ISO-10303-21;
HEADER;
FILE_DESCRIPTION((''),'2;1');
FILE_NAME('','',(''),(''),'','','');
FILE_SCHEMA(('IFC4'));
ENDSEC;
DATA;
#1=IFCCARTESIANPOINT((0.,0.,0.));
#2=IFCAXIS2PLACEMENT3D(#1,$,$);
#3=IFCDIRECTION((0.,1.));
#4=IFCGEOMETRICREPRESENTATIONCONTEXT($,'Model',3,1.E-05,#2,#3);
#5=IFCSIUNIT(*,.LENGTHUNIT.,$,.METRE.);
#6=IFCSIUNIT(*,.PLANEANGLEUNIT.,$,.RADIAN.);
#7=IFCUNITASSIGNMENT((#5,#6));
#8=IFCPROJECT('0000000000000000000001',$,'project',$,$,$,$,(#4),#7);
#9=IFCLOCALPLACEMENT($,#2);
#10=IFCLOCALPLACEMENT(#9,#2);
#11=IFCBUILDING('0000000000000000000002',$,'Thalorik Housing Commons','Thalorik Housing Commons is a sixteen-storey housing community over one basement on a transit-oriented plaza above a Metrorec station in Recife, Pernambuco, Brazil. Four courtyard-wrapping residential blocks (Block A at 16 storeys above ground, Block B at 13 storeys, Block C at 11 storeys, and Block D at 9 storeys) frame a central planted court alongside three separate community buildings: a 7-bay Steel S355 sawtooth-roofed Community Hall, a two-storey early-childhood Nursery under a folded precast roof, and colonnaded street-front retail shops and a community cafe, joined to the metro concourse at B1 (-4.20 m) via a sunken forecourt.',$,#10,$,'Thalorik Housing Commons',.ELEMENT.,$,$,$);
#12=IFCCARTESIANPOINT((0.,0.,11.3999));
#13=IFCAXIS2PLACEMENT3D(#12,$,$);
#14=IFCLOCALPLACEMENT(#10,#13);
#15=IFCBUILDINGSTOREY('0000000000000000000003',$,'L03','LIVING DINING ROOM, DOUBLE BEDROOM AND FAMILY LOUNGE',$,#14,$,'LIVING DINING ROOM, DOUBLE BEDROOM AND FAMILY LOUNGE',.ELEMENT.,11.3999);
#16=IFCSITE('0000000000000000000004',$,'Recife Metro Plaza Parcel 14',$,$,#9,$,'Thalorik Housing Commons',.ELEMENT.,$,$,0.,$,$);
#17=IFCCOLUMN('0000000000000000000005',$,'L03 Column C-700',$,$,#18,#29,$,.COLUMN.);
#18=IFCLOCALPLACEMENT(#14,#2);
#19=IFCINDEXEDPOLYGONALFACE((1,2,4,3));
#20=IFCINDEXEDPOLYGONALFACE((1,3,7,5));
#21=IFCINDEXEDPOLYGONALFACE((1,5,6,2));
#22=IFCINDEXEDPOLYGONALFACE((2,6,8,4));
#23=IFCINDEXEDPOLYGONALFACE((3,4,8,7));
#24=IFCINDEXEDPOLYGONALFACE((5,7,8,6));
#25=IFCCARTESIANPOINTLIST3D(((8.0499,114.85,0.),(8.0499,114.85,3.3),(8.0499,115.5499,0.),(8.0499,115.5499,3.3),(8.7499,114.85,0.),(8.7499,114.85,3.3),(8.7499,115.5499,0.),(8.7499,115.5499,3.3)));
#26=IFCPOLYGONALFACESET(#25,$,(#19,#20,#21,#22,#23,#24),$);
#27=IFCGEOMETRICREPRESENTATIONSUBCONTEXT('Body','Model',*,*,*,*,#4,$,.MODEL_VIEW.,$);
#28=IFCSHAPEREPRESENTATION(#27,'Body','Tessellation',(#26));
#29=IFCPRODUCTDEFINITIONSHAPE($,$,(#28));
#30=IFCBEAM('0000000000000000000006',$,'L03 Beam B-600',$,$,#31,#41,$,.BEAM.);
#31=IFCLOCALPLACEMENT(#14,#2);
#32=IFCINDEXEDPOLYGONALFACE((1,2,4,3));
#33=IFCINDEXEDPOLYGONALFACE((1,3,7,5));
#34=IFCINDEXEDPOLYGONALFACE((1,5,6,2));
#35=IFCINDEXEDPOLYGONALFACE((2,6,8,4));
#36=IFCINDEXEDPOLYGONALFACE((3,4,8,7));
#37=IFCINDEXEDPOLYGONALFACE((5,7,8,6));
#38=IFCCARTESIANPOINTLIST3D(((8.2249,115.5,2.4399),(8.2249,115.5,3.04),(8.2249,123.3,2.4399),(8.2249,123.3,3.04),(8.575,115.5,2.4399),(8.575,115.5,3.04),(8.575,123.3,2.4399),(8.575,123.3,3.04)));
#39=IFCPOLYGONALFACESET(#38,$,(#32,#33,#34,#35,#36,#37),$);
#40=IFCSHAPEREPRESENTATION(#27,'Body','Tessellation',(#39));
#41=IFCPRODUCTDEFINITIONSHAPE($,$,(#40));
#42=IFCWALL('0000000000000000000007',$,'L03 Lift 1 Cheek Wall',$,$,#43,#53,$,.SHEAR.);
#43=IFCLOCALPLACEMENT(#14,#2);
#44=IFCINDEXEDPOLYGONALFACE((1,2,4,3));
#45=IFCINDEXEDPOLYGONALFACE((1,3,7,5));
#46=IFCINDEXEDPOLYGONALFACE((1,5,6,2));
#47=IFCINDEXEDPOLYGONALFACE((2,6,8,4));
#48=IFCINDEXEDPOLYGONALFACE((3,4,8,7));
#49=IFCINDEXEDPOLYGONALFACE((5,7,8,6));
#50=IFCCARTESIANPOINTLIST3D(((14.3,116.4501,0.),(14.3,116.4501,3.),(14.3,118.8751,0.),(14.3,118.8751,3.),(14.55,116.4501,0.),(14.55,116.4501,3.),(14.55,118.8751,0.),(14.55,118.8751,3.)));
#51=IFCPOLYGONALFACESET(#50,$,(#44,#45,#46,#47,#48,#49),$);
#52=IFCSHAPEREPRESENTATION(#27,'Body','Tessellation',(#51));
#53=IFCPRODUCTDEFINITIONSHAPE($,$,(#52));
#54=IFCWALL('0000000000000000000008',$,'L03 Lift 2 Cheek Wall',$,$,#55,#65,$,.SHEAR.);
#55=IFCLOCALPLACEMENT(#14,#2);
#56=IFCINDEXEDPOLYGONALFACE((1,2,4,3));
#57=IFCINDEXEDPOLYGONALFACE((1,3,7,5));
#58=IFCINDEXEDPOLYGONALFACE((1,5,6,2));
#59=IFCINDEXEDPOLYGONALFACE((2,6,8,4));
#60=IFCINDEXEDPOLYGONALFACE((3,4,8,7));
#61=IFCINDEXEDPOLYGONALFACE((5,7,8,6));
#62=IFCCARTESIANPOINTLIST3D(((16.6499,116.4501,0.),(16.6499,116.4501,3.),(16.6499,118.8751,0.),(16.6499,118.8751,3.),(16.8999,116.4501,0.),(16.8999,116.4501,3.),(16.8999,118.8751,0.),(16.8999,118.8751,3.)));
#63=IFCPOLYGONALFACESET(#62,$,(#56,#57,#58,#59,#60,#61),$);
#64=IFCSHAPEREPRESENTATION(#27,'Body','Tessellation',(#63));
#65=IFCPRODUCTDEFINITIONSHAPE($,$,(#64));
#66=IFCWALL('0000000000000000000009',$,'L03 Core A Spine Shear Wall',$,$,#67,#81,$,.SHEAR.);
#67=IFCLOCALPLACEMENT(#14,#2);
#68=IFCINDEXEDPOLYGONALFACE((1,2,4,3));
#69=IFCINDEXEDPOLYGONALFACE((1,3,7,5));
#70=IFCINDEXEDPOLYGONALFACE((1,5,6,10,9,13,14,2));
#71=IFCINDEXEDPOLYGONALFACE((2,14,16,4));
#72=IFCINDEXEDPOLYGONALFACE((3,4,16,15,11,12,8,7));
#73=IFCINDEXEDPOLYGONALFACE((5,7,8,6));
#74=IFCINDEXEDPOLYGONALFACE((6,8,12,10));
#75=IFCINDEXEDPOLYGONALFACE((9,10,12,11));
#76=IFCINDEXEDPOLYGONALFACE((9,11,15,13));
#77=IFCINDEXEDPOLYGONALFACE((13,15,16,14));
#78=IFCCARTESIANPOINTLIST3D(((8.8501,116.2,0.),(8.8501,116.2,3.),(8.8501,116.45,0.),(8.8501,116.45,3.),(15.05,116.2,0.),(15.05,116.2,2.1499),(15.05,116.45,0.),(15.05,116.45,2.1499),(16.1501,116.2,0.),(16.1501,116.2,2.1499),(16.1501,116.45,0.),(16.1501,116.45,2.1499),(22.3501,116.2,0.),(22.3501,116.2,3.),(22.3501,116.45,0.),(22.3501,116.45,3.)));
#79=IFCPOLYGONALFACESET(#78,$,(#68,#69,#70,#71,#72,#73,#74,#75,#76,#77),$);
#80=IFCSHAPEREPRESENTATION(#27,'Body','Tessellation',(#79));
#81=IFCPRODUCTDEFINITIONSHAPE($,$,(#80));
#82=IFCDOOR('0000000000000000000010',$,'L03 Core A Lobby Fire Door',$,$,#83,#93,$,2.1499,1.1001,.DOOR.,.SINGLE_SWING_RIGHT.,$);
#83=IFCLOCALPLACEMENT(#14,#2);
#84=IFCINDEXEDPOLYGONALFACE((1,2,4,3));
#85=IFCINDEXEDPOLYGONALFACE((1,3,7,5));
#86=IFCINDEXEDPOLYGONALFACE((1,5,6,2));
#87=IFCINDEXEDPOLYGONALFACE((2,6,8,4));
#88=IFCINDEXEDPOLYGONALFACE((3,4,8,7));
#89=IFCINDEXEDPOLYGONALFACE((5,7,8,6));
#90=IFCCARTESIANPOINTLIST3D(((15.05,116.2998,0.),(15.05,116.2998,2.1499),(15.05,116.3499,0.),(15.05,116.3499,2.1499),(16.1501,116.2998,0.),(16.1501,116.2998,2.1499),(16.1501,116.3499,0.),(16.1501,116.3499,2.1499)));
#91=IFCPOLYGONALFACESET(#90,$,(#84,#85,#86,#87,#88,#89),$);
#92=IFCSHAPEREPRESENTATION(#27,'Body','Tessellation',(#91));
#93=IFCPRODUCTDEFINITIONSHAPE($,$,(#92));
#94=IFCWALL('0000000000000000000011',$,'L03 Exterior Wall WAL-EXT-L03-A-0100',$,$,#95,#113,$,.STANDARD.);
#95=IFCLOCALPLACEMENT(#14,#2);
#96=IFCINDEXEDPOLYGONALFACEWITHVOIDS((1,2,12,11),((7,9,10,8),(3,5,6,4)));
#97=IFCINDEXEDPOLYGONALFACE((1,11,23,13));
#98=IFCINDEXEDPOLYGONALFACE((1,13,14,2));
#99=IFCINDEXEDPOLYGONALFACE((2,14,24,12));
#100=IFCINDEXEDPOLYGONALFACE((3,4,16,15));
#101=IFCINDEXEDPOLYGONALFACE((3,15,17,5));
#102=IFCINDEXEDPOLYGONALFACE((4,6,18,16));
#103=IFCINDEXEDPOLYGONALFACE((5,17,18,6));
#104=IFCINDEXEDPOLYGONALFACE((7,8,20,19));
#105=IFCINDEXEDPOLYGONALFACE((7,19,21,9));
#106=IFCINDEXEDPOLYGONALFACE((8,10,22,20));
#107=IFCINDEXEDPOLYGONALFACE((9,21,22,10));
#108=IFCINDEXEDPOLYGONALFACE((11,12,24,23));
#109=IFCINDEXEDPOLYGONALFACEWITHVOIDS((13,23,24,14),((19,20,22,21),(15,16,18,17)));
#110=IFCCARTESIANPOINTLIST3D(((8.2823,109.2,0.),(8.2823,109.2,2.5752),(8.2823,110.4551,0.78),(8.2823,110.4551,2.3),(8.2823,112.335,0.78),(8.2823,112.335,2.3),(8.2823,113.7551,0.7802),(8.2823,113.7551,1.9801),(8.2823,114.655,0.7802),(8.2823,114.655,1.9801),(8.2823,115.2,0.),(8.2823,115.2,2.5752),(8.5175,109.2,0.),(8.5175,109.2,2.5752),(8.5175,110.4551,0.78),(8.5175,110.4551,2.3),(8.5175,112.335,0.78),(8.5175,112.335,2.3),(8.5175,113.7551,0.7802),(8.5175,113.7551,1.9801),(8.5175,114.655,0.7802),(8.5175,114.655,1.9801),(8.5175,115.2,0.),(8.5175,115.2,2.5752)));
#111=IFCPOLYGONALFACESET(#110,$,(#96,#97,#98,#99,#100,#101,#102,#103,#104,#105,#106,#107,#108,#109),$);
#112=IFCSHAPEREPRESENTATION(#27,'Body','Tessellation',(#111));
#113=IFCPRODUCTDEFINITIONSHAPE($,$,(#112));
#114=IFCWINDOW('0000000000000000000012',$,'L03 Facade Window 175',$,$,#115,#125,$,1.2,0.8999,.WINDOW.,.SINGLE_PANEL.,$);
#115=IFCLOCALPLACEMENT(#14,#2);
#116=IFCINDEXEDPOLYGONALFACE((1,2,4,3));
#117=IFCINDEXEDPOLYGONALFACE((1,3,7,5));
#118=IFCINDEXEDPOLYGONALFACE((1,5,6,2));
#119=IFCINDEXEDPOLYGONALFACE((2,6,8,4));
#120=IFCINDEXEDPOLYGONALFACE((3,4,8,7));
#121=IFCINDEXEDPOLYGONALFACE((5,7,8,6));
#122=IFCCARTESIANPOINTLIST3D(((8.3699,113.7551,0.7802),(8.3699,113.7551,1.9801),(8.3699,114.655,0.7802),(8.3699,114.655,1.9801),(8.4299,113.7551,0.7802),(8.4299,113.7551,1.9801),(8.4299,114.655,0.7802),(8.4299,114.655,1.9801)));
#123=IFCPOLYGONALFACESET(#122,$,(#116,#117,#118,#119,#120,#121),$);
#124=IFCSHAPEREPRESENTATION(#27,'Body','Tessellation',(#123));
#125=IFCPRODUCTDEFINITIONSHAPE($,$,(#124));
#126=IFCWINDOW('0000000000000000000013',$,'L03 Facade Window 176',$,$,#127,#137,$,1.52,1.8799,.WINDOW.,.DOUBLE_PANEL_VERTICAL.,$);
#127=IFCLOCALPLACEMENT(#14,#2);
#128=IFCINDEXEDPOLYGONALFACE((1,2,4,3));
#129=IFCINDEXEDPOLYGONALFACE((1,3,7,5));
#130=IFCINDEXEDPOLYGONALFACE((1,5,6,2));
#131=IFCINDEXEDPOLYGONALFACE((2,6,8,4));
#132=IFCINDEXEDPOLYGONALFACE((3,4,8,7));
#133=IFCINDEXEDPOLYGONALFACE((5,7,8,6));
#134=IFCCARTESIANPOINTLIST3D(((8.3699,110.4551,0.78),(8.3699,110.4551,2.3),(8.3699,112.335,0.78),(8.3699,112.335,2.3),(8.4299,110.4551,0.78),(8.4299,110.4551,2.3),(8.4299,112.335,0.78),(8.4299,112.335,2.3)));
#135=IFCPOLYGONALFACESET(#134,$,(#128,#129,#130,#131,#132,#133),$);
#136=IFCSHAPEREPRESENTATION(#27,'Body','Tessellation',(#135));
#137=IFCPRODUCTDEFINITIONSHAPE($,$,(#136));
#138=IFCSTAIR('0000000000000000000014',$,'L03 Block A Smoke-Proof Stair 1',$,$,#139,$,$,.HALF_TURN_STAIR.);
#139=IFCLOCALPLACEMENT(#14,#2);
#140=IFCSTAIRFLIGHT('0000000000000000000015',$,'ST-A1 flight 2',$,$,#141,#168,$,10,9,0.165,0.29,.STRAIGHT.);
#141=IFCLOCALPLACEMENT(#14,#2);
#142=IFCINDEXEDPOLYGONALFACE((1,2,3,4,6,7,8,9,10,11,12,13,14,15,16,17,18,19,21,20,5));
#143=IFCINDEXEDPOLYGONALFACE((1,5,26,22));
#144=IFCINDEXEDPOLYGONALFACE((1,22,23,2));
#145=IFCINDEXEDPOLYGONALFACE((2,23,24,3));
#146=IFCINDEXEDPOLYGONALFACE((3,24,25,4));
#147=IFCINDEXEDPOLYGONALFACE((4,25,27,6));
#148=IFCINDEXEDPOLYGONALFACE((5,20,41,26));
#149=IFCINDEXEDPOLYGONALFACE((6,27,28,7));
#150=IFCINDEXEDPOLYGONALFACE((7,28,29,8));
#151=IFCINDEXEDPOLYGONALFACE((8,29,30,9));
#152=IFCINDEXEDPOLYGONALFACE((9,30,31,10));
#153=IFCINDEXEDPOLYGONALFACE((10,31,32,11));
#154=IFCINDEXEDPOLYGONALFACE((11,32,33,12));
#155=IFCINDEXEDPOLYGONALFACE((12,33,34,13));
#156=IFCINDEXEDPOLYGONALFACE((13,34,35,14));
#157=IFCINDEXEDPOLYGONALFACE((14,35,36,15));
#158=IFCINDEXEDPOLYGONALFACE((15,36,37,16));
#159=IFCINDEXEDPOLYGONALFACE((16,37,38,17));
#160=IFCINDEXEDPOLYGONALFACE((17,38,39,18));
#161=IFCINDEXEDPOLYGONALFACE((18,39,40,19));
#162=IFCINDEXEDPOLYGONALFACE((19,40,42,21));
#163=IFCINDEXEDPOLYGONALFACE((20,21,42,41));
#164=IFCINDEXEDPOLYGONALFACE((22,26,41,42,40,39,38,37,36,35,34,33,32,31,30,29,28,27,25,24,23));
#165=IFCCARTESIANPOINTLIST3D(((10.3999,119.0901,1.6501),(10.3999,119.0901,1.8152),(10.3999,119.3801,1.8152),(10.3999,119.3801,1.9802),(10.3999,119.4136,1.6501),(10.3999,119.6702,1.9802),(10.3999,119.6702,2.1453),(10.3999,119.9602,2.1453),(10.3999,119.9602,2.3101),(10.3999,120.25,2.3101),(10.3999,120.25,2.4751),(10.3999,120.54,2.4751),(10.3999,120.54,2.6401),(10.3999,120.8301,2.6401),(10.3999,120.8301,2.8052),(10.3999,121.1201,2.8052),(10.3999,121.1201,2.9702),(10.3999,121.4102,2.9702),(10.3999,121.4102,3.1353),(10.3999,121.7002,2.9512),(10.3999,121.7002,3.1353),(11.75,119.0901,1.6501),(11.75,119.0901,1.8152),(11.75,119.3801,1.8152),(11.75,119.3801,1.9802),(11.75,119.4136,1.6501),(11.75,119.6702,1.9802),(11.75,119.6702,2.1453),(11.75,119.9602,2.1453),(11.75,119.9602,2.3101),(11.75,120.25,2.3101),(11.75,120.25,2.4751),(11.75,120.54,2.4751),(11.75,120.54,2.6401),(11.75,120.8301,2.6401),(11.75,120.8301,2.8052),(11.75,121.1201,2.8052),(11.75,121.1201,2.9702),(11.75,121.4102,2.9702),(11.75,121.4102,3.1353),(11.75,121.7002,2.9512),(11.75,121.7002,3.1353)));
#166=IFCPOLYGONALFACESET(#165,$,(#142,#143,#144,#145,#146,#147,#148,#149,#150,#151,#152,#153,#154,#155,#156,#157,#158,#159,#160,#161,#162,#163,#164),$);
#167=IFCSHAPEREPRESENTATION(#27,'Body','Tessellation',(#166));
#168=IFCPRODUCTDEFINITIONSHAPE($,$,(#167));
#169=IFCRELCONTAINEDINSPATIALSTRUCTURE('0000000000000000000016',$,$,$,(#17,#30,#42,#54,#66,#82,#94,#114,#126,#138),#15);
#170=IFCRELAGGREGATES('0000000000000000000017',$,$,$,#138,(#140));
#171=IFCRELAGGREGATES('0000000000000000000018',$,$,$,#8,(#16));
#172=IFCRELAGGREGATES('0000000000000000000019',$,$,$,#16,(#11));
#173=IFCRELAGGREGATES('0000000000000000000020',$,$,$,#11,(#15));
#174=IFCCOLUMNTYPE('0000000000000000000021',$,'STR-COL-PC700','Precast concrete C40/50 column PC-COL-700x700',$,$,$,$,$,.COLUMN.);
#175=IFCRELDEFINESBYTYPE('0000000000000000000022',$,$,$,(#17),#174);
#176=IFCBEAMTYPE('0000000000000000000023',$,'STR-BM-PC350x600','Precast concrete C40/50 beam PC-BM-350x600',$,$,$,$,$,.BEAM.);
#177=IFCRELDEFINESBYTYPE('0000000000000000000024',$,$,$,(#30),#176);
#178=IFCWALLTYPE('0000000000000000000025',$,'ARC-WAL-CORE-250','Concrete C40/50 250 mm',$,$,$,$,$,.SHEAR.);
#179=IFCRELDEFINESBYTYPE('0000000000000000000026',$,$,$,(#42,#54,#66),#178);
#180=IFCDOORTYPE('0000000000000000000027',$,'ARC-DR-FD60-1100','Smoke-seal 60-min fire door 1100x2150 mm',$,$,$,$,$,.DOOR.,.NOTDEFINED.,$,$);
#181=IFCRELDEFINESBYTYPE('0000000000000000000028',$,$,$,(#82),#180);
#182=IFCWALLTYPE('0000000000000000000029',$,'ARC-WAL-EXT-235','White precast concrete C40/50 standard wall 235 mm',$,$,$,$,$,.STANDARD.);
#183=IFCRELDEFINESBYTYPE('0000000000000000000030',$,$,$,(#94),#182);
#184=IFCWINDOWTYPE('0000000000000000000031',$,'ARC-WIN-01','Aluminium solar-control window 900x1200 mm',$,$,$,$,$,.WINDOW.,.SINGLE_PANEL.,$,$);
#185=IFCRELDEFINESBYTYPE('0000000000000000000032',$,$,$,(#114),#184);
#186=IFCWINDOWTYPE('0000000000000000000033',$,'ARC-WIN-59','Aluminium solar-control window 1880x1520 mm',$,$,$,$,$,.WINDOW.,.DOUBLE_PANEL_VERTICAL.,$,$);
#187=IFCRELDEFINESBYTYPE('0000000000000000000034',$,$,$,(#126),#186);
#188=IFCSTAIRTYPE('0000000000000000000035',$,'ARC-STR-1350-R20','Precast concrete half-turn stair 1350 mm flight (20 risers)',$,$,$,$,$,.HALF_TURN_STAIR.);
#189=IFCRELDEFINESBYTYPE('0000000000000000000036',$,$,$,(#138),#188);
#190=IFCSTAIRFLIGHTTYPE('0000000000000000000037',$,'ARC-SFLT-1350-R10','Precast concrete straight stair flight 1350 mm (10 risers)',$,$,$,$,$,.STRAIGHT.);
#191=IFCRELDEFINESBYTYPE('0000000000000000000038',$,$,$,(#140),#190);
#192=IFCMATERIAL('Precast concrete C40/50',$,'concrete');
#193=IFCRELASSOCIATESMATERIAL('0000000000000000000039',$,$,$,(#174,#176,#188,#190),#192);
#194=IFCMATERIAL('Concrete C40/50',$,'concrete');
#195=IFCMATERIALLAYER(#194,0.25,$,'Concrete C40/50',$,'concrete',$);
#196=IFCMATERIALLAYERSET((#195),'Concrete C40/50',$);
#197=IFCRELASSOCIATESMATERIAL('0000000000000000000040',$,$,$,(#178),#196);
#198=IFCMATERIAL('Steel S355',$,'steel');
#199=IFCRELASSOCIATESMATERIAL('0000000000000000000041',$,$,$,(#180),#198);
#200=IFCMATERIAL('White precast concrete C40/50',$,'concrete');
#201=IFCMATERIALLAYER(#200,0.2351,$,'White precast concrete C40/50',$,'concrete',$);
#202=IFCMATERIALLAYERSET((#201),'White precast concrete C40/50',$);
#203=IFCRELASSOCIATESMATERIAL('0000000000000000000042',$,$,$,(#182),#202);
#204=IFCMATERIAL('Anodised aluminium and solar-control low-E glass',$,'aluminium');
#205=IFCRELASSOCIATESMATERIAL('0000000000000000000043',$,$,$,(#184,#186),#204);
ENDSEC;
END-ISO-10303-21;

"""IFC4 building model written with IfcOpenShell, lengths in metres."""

from ifc_helpers import new_model, si_unit, direction, frame, frame_2d, origin, origin_2d, place, context, subcontext, project, spatial, polyline, rectangle, outline, extrude, material, layer, layer_set, material_profile, profile_set, type_object, element, fill, aggregate, save


model = new_model("IFC4")

# Units and contexts
model_context = context("Model", 3, precision=1e-05, world=origin(), true_north=direction((0.0, 1.0)))
body_context = subcontext(model_context, "Body", "Model", "MODEL_VIEW")
ifc_project = project(units=[si_unit("LENGTHUNIT", "METRE"), si_unit("PLANEANGLEUNIT", "RADIAN")], contexts=[model_context])

# Site, building, storey
site_placement = place(None, origin())
site = spatial("IfcSite", under=ifc_project, at=site_placement, Name="Recife Metro Plaza Parcel 14", LongName="Thalorik Housing Commons", CompositionType="ELEMENT", RefElevation=0.0)
building_placement = place(site_placement, origin())
building = spatial("IfcBuilding", under=site, at=building_placement, Name="Thalorik Housing Commons", Description="Thalorik Housing Commons is a sixteen-storey housing community over one basement on a transit-oriented plaza above a Metrorec station in Recife, Pernambuco, Brazil. Four courtyard-wrapping residential blocks (Block A at 16 storeys above ground, Block B at 13 storeys, Block C at 11 storeys, and Block D at 9 storeys) frame a central planted court alongside three separate community buildings: a 7-bay Steel S355 sawtooth-roofed Community Hall, a two-storey early-childhood Nursery under a folded precast roof, and colonnaded street-front retail shops and a community cafe, joined to the metro concourse at B1 (-4.20 m) via a sunken forecourt.", LongName="Thalorik Housing Commons", CompositionType="ELEMENT")
storey_placement = place(building_placement, frame((0.0, 0.0, 11.3999)))
storey = spatial("IfcBuildingStorey", under=building, at=storey_placement, Name="L03", Description="LIVING DINING ROOM, DOUBLE BEDROOM AND FAMILY LOUNGE", LongName="LIVING DINING ROOM, DOUBLE BEDROOM AND FAMILY LOUNGE", CompositionType="ELEMENT", Elevation=11.3999)

# Column
ifc_material_1 = material(Name="Precast concrete C40/50", Category="concrete")
ifc_material_profile_1 = material_profile(ifc_material_1, rectangle(XDim=0.7, YDim=0.7, at=origin_2d()), Name="PC 700x700", Category="concrete")
ifc_profile_set_1 = profile_set([ifc_material_profile_1], Name="Precast concrete C40/50")
column_type = type_object("IfcColumnType", Name="STR-COL-PC700", Description="Precast concrete C40/50 column PC-COL-700x700", PredefinedType="COLUMN", material=ifc_profile_set_1)
column_placement = place(storey_placement, frame((8.3999, 115.2, 0.0), z_axis=(0.0, 0.0, 1.0), x_axis=(1.0, 0.0, 0.0)))
element("IfcColumn", 1, at=column_placement, inside=storey, type_object=column_type, Name="L03 Column C-700", PredefinedType="COLUMN", context=body_context, shape_type="SweptSolid", body=[
    extrude(rectangle(XDim=0.7, YDim=0.7, at=origin_2d()), origin(), (0.0, 0.0, 1.0), 3.3),
])

# Beam
ifc_material_profile_2 = material_profile(ifc_material_1, rectangle(XDim=0.3501, YDim=0.6001, at=origin_2d()), Name="PC 350x600", Category="concrete")
ifc_profile_set_2 = profile_set([ifc_material_profile_2], Name="Precast concrete C40/50")
beam_type = type_object("IfcBeamType", Name="STR-BM-PC350x600", Description="Precast concrete C40/50 beam PC-BM-350x600", PredefinedType="BEAM", material=ifc_profile_set_2)
beam_placement = place(storey_placement, frame((8.3999, 115.5, 2.74), z_axis=(0.0, 1.0, 0.0), x_axis=(-1.0, 0.0, 0.0)))
element("IfcBeam", 2, at=beam_placement, inside=storey, type_object=beam_type, Name="L03 Beam B-600", PredefinedType="BEAM", context=body_context, shape_type="SweptSolid", body=[
    extrude(rectangle(XDim=0.3501, YDim=0.6001, at=origin_2d()), origin(), (0.0, 0.0, 1.0), 7.8),
])

# Shared definitions
ifc_material_2 = material(Name="Concrete C40/50", Category="concrete")
ifc_layer_1 = layer(ifc_material_2, 0.25, Name="Concrete C40/50", Category="concrete")
ifc_layer_set_1 = layer_set([ifc_layer_1], Name="Concrete C40/50")
wall_type_1 = type_object("IfcWallType", Name="ARC-WAL-CORE-250", Description="Concrete C40/50 250 mm", PredefinedType="SHEAR", material=ifc_layer_set_1)
ifc_material_3 = material(Name="Steel S355", Category="steel")

# Walls
for number, where, z_axis, x_axis, name in (
    (3, (14.425, 118.875, 0.0), (0.0, 0.0, 1.0), (0.0, -1.0, 0.0), "L03 Lift 1 Cheek Wall"),
    (4, (16.7749, 118.875, 0.0), (0.0, 0.0, 1.0), (0.0, -1.0, 0.0), "L03 Lift 2 Cheek Wall"),
):
    element("IfcWall", number, at=place(storey_placement, frame(where, z_axis=z_axis, x_axis=x_axis)), inside=storey, type_object=wall_type_1, Name=name, PredefinedType="SHEAR", context=body_context, shape_type="SweptSolid", body=[
        extrude(rectangle(XDim=2.425, YDim=0.25, at=frame_2d((1.2124, 0.0))), origin(), (0.0, 0.0, 1.0), 3.0),
    ])

# Wall, opening, door
wall_1_placement = place(storey_placement, frame((8.8501, 116.325, 0.0), z_axis=(0.0, 0.0, 1.0), x_axis=(1.0, 0.0, 0.0)))
wall_1 = element("IfcWall", 5, at=wall_1_placement, inside=storey, type_object=wall_type_1, Name="L03 Core A Spine Shear Wall", PredefinedType="SHEAR", context=body_context, shape_type="SweptSolid", body=[
    extrude(rectangle(XDim=13.5, YDim=0.25, at=frame_2d((6.75, 0.0))), origin(), (0.0, 0.0, 1.0), 3.0),
])
opening_1_placement = place(wall_1_placement, frame((6.2, 0.0, 0.0)))
opening_1 = element("IfcOpeningElement", 6, at=opening_1_placement, cuts=wall_1, PredefinedType="OPENING", context=body_context, shape_type="SweptSolid", body=[
    extrude(rectangle(XDim=1.1001, YDim=2.1499, at=frame_2d((0.55, 1.075))), frame((0.0, 0.135, 0.0), z_axis=(0.0, -1.0, 0.0), x_axis=(1.0, 0.0, 0.0)), (0.0, 0.0, 1.0), 0.27),
])
door_type_1 = type_object("IfcDoorType", Name="ARC-DR-FD60-1100", Description="Smoke-seal 60-min fire door 1100x2150 mm", OperationType="NOTDEFINED", PredefinedType="DOOR", material=ifc_material_3)
door_1_placement = place(opening_1_placement, origin())
door_1 = element("IfcDoor", 7, at=door_1_placement, inside=storey, type_object=door_type_1, Name="L03 Core A Lobby Fire Door", OperationType="SINGLE_SWING_RIGHT", OverallHeight=2.1499, OverallWidth=1.1001, PredefinedType="DOOR", context=body_context, shape_type="SweptSolid", body=[
    extrude(rectangle(XDim=1.1001, YDim=2.1499, at=frame_2d((0.55, 1.075))), frame((0.0, 0.0249, 0.0), z_axis=(0.0, -1.0, 0.0), x_axis=(1.0, 0.0, 0.0)), (0.0, 0.0, 1.0), 0.05),
])
fill(opening_1, door_1)

# Wall, openings, windows
ifc_material_4 = material(Name="White precast concrete C40/50", Category="concrete")
ifc_layer_2 = layer(ifc_material_4, 0.2351, Name="White precast concrete C40/50", Category="concrete")
ifc_layer_set_2 = layer_set([ifc_layer_2], Name="White precast concrete C40/50")
wall_type_2 = type_object("IfcWallType", Name="ARC-WAL-EXT-235", Description="White precast concrete C40/50 standard wall 235 mm", PredefinedType="STANDARD", material=ifc_layer_set_2)
wall_2_placement = place(storey_placement, frame((8.3999, 115.2, 0.0), z_axis=(0.0, 0.0, 1.0), x_axis=(0.0, -1.0, 0.0)))
wall_2 = element("IfcWall", 8, at=wall_2_placement, inside=storey, type_object=wall_type_2, Name="L03 Exterior Wall WAL-EXT-L03-A-0100", PredefinedType="STANDARD", context=body_context, shape_type="SweptSolid", body=[
    extrude(rectangle(XDim=6.0, YDim=0.2351, at=frame_2d((3.0, 0.0))), origin(), (0.0, 0.0, 1.0), 2.5752),
])
opening_2_placement = place(wall_2_placement, frame((0.5449, 0.0, 0.78)))
opening_2 = element("IfcOpeningElement", 9, at=opening_2_placement, cuts=wall_2, PredefinedType="OPENING", context=body_context, shape_type="SweptSolid", body=[
    extrude(rectangle(XDim=0.8999, YDim=1.2, at=frame_2d((0.45, 0.6001))), frame((0.0, 0.1274, 0.0), z_axis=(0.0, -1.0, 0.0), x_axis=(1.0, 0.0, 0.0)), (0.0, 0.0, 1.0), 0.2551),
])
opening_3_placement = place(wall_2_placement, frame((2.865, 0.0, 0.78)))
opening_3 = element("IfcOpeningElement", 10, at=opening_3_placement, cuts=wall_2, PredefinedType="OPENING", context=body_context, shape_type="SweptSolid", body=[
    extrude(rectangle(XDim=1.8799, YDim=1.52, at=frame_2d((0.9399, 0.76))), frame((0.0, 0.1274, 0.0), z_axis=(0.0, -1.0, 0.0), x_axis=(1.0, 0.0, 0.0)), (0.0, 0.0, 1.0), 0.2551),
])
ifc_material_5 = material(Name="Anodised aluminium and solar-control low-E glass", Category="aluminium")
window_type_1 = type_object("IfcWindowType", Name="ARC-WIN-01", Description="Aluminium solar-control window 900x1200 mm", PartitioningType="SINGLE_PANEL", PredefinedType="WINDOW", material=ifc_material_5)
window_1_placement = place(opening_2_placement, origin())
window_1 = element("IfcWindow", 11, at=window_1_placement, inside=storey, type_object=window_type_1, Name="L03 Facade Window 175", OverallHeight=1.2, OverallWidth=0.8999, PartitioningType="SINGLE_PANEL", PredefinedType="WINDOW", context=body_context, shape_type="SweptSolid", body=[
    extrude(rectangle(XDim=0.8999, YDim=1.2, at=frame_2d((0.45, 0.6001))), frame((0.0, 0.03, 0.0), z_axis=(0.0, -1.0, 0.0), x_axis=(1.0, 0.0, 0.0)), (0.0, 0.0, 1.0), 0.0601),
])
fill(opening_2, window_1)
window_type_2 = type_object("IfcWindowType", Name="ARC-WIN-59", Description="Aluminium solar-control window 1880x1520 mm", PartitioningType="DOUBLE_PANEL_VERTICAL", PredefinedType="WINDOW", material=ifc_material_5)
window_2_placement = place(opening_3_placement, origin())
window_2 = element("IfcWindow", 12, at=window_2_placement, inside=storey, type_object=window_type_2, Name="L03 Facade Window 176", OverallHeight=1.52, OverallWidth=1.8799, PartitioningType="DOUBLE_PANEL_VERTICAL", PredefinedType="WINDOW", context=body_context, shape_type="SweptSolid", body=[
    extrude(rectangle(XDim=1.8799, YDim=1.52, at=frame_2d((0.9399, 0.76))), frame((0.0, 0.03, 0.0), z_axis=(0.0, -1.0, 0.0), x_axis=(1.0, 0.0, 0.0)), (0.0, 0.0, 1.0), 0.0601),
])
fill(opening_3, window_2)

# Stair, stair flight
stair_type = type_object("IfcStairType", Name="ARC-STR-1350-R20", Description="Precast concrete half-turn stair 1350 mm flight (20 risers)", PredefinedType="HALF_TURN_STAIR", material=ifc_material_1)
stair_placement = place(storey_placement, origin())
stair = element("IfcStair", 13, at=stair_placement, inside=storey, type_object=stair_type, Name="L03 Block A Smoke-Proof Stair 1", PredefinedType="HALF_TURN_STAIR")
stair_flight_type = type_object("IfcStairFlightType", Name="ARC-SFLT-1350-R10", Description="Precast concrete straight stair flight 1350 mm (10 risers)", PredefinedType="STRAIGHT", material=ifc_material_1)
stair_flight_placement = place(storey_placement, frame((11.075, 119.0901, 1.6501), z_axis=(0.0, 0.0, 1.0), x_axis=(0.0, 1.0, 0.0)))
stair_flight = element("IfcStairFlight", 14, at=stair_flight_placement, type_object=stair_flight_type, Name="ST-A1 flight 2", NumberOfRisers=10, NumberOfTreads=9, PredefinedType="STRAIGHT", RiserHeight=0.165, TreadLength=0.29, context=body_context, shape_type="SweptSolid", body=[
    extrude(outline(polyline([(0.0, 0.0), (0.0, 0.165), (0.29, 0.165), (0.29, 0.3301), (0.5801, 0.3301), (0.5801, 0.4951), (0.8701, 0.4951), (0.8701, 0.6599), (1.1599, 0.6599), (1.1599, 0.825), (1.45, 0.825), (1.45, 0.99), (1.74, 0.99), (1.74, 1.155), (2.03, 1.155), (2.03, 1.3201), (2.3201, 1.3201), (2.3201, 1.4851), (2.6101, 1.4851), (2.6101, 1.6499), (2.6101, 1.301), (0.3235, 0.0), (0.0, 0.0)])), frame((0.0, 0.675, 0.0), z_axis=(0.0, -1.0, 0.0), x_axis=(1.0, 0.0, 0.0)), (0.0, 0.0, 1.0), 1.3501),
])
aggregate(stair, [stair_flight])

save(model, "model.ifc")
